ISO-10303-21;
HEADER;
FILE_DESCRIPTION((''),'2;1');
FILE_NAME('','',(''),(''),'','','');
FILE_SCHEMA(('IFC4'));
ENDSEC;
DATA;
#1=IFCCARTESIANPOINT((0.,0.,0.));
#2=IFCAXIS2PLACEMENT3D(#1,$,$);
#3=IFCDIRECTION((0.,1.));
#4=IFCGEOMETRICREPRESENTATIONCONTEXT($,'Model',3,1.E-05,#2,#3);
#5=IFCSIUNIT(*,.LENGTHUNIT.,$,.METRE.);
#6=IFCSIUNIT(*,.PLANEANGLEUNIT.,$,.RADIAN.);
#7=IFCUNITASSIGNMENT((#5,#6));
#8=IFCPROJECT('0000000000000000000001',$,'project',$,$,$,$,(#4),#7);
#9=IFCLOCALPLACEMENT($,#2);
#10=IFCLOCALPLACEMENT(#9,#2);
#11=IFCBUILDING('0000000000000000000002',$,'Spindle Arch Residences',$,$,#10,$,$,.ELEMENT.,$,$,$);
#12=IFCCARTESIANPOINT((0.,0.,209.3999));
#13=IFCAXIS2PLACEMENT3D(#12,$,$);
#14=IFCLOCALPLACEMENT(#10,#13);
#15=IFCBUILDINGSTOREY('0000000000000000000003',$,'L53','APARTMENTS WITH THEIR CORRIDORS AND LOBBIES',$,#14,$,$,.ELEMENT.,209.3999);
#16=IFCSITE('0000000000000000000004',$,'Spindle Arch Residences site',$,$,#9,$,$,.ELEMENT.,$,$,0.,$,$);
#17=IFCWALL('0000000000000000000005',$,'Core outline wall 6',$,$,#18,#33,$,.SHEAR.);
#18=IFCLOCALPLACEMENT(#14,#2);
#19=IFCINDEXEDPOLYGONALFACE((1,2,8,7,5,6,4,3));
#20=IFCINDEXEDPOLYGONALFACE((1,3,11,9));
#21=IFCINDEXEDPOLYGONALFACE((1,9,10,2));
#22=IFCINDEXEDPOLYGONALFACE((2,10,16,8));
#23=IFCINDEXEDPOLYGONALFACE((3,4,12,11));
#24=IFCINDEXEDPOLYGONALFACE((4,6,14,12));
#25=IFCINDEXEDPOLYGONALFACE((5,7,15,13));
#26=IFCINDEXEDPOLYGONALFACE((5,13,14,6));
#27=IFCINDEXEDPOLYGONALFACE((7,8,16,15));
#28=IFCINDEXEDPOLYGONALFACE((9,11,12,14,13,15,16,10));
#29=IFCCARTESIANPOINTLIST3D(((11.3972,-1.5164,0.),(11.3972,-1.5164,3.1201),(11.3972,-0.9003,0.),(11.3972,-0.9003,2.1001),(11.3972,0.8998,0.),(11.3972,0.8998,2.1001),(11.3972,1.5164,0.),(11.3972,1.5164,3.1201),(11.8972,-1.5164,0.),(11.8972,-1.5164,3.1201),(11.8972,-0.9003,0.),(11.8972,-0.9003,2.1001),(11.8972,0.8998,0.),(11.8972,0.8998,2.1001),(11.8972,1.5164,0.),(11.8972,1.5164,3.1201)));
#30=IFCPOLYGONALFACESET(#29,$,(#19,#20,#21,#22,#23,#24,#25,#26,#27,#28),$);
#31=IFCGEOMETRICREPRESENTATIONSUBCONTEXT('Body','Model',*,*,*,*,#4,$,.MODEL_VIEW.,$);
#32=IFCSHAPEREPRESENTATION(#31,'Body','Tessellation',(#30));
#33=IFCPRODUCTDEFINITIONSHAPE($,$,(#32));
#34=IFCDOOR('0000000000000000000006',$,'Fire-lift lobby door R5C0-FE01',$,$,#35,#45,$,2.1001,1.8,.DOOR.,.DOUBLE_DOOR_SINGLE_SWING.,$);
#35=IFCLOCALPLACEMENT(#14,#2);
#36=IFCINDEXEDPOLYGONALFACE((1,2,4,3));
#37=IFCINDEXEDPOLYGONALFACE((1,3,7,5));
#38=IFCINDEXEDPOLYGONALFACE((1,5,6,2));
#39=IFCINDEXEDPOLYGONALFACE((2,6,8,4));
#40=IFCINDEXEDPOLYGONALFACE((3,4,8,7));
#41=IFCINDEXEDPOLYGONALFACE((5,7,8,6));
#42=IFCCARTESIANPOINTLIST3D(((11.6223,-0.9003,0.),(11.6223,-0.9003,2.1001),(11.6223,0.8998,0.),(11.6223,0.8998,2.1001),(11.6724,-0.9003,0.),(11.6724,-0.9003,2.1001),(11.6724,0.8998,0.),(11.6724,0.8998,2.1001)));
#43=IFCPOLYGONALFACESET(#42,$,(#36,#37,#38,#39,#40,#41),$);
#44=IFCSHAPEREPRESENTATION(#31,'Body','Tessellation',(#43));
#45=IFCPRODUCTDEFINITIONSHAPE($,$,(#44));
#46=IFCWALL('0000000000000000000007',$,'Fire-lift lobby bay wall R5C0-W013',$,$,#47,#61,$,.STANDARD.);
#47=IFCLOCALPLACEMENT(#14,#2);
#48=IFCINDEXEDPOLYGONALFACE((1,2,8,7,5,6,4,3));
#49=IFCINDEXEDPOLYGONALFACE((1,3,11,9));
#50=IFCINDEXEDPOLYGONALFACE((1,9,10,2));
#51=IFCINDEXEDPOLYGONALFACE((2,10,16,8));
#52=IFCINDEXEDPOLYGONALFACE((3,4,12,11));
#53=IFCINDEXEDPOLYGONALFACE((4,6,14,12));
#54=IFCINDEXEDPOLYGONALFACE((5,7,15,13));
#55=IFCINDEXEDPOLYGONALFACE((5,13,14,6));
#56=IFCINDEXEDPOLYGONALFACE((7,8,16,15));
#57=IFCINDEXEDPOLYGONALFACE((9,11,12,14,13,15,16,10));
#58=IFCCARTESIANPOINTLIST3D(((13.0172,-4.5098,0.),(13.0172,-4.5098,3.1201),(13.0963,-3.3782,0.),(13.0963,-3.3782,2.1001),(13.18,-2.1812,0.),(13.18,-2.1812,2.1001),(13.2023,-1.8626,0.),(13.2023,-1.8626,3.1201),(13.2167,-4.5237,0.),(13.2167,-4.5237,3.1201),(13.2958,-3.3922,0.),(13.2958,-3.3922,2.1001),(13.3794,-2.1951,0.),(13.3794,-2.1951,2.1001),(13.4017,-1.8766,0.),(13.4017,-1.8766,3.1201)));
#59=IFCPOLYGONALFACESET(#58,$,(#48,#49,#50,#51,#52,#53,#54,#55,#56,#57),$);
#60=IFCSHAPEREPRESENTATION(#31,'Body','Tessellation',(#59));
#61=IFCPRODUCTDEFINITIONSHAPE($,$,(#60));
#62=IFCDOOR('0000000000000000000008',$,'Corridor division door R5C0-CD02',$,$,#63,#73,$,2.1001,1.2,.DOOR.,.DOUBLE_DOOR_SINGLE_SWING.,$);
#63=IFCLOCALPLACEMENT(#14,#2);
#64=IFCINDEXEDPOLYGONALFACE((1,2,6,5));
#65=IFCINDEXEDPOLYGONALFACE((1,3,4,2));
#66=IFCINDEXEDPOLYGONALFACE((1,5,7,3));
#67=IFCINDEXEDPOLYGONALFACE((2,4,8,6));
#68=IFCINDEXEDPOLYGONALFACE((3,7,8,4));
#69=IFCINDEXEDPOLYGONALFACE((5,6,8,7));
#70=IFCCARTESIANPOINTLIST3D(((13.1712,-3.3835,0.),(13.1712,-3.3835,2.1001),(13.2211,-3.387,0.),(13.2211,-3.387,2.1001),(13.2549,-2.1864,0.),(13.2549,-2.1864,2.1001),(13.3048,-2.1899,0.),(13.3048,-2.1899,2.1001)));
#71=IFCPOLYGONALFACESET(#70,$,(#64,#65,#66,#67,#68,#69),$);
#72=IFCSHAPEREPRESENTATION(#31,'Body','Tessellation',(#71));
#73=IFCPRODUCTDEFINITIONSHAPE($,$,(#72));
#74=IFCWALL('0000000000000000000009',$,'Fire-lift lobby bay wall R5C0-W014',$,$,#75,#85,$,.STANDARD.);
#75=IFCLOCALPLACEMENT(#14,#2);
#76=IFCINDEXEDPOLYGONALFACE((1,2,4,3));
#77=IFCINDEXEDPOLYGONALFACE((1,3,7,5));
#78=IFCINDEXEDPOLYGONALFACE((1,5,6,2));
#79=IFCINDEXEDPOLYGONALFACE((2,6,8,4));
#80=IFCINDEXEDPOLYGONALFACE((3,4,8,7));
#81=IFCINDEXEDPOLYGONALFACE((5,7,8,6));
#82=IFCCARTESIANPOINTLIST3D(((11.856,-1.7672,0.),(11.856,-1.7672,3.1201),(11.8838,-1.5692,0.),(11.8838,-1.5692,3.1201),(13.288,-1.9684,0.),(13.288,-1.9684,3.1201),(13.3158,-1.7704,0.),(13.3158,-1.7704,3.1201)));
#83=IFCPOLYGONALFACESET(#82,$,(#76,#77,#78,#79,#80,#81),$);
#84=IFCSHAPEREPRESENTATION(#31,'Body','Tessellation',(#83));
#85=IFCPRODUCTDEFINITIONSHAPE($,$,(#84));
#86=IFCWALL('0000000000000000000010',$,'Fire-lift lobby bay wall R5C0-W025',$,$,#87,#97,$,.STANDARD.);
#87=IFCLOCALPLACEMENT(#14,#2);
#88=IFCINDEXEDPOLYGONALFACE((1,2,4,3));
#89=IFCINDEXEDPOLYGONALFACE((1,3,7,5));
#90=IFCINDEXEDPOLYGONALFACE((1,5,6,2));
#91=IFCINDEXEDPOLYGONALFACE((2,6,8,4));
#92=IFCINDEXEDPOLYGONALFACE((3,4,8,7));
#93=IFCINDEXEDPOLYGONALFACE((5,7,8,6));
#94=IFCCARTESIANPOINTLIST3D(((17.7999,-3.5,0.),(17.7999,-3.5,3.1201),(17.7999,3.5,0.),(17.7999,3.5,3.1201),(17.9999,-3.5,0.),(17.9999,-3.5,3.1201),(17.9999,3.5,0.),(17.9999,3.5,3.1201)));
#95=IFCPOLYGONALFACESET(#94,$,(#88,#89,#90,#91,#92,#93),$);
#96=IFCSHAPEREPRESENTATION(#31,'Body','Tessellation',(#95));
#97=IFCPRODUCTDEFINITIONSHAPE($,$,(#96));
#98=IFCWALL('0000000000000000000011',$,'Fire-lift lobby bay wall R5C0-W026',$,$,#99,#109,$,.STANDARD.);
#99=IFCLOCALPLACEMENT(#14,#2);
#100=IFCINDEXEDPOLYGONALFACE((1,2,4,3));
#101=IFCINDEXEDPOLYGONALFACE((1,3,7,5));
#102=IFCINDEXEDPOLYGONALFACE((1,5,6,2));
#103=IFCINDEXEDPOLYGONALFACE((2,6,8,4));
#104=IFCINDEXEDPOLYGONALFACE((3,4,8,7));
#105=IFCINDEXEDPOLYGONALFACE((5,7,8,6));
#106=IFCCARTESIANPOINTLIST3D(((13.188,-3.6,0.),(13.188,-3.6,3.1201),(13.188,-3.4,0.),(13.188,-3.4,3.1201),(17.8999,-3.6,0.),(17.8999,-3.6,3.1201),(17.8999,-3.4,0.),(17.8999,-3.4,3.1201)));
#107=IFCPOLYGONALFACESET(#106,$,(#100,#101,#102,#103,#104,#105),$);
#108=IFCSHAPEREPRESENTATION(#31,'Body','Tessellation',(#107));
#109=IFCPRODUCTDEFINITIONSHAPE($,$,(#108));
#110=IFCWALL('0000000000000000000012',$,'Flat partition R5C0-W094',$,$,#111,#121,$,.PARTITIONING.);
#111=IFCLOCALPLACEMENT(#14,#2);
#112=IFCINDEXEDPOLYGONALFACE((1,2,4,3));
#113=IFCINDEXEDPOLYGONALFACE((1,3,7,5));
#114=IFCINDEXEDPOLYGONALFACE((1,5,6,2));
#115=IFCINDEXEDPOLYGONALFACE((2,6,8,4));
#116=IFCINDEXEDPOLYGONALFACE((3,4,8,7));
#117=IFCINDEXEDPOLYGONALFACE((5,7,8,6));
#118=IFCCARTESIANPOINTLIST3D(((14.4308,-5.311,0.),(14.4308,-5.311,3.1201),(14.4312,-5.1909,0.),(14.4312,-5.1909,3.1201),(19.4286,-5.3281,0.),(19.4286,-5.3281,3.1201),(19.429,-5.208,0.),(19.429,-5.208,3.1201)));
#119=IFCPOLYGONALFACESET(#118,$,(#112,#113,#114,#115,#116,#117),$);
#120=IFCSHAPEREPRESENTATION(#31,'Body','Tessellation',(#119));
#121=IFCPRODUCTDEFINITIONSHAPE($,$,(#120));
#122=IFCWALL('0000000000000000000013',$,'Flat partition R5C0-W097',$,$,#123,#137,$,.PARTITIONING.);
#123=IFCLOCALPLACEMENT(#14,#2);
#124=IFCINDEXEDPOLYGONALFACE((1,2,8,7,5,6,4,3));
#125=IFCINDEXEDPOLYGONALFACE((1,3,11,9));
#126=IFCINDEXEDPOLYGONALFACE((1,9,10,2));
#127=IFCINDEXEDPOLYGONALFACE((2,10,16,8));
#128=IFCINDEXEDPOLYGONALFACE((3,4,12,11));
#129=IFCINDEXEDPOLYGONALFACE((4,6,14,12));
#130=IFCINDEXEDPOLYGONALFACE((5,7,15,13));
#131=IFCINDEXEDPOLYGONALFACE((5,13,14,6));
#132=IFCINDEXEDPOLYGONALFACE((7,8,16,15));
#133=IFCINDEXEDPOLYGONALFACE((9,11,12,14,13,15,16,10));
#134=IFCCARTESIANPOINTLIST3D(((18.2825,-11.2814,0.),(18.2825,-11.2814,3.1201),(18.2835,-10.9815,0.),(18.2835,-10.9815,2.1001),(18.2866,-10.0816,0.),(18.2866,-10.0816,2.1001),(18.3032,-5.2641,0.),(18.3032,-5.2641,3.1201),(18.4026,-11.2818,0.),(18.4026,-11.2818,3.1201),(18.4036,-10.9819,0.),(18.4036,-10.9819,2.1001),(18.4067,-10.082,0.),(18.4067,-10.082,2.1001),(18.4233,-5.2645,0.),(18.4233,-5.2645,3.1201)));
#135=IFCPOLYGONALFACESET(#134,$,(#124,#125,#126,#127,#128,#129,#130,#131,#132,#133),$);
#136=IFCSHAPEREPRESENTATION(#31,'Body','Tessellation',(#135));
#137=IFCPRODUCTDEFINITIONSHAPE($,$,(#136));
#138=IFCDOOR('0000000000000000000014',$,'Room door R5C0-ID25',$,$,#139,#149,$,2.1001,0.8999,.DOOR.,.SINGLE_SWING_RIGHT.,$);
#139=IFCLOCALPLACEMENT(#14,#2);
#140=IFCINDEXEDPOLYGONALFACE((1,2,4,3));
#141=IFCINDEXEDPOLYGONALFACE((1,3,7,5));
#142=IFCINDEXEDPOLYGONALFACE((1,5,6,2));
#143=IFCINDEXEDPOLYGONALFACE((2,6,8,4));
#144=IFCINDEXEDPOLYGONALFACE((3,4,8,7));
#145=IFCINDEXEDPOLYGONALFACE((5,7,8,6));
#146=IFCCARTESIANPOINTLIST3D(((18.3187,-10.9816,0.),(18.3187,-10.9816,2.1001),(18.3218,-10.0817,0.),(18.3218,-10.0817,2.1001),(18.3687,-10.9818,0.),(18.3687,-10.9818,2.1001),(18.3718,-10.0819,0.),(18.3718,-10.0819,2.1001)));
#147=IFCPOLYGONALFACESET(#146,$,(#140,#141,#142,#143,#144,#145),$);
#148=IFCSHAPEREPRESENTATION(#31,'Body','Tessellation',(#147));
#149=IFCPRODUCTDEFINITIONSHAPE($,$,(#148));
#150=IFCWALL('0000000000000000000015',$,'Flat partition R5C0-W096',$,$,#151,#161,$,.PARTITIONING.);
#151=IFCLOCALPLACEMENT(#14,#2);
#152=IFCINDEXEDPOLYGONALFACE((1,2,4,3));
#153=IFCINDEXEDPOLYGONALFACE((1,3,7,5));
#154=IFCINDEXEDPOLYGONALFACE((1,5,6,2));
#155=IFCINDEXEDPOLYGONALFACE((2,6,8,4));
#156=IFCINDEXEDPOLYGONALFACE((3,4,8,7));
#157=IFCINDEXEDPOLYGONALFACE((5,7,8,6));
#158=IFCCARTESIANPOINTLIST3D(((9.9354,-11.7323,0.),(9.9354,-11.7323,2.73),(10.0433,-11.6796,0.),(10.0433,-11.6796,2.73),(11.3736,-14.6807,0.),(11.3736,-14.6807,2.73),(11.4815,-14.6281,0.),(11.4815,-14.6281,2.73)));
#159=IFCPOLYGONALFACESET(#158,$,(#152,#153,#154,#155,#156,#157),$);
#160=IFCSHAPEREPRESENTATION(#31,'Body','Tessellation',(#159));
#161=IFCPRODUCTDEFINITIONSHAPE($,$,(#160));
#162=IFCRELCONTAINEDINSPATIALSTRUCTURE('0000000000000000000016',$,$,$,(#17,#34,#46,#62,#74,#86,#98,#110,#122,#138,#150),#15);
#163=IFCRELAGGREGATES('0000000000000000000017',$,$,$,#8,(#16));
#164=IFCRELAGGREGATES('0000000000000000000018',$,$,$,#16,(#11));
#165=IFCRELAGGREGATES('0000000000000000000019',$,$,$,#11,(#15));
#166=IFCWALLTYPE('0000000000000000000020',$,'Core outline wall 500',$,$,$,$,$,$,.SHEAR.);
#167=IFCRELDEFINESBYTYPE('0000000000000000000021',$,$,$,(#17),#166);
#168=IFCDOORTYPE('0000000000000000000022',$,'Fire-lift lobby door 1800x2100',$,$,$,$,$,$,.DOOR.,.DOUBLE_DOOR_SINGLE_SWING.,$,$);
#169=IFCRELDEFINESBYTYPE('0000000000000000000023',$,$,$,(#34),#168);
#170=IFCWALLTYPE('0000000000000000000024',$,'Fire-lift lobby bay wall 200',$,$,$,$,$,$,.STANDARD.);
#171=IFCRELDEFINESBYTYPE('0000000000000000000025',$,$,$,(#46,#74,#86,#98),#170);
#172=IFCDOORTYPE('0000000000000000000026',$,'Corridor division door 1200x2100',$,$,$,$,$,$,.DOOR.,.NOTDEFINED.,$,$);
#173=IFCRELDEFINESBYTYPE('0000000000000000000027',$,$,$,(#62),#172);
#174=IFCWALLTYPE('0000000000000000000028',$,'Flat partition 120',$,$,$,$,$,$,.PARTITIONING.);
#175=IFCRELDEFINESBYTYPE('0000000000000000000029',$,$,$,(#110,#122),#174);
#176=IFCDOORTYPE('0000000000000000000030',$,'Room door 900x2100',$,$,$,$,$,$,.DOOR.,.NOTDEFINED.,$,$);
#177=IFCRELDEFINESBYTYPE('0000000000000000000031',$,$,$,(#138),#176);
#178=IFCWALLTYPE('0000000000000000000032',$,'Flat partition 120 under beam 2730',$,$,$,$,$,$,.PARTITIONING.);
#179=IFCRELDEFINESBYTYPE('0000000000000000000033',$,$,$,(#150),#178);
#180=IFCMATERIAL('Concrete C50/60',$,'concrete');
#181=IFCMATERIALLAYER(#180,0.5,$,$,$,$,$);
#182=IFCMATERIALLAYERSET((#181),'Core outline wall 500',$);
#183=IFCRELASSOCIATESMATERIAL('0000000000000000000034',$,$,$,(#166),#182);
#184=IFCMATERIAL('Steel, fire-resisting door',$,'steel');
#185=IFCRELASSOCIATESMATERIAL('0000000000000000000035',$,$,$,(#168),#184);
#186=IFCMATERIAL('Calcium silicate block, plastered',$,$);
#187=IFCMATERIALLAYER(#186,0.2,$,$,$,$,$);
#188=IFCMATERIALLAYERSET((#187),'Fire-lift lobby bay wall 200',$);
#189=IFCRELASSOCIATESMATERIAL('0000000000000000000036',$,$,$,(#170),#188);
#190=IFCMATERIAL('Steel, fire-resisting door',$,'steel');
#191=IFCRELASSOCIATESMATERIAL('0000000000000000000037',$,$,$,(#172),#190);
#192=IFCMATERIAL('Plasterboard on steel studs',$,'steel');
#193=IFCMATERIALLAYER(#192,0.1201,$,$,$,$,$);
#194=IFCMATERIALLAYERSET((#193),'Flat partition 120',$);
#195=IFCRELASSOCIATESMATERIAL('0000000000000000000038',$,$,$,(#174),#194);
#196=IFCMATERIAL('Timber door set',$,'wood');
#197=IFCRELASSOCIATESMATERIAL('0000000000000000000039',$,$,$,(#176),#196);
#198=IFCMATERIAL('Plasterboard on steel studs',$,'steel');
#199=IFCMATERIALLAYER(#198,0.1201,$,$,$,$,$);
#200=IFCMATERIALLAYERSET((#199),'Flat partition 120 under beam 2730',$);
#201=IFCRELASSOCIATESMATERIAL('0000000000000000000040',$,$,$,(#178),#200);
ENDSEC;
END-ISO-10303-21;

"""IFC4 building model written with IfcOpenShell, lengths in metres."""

from ifc_helpers import new_model, si_unit, direction, frame, frame_2d, origin, place, context, subcontext, project, spatial, rectangle, extrude, material, layer, layer_set, type_object, element, fill, save


model = new_model("IFC4")

# Units and contexts
model_context = context("Model", 3, precision=1e-05, world=origin(), true_north=direction((0.0, 1.0)))
body_context = subcontext(model_context, "Body", "Model", "MODEL_VIEW")
ifc_project = project(units=[si_unit("LENGTHUNIT", "METRE"), si_unit("PLANEANGLEUNIT", "RADIAN")], contexts=[model_context])

# Site, building, storey
site_placement = place(None, origin())
site = spatial("IfcSite", under=ifc_project, at=site_placement, Name="Spindle Arch Residences site", CompositionType="ELEMENT", RefElevation=0.0)
building_placement = place(site_placement, origin())
building = spatial("IfcBuilding", under=site, at=building_placement, Name="Spindle Arch Residences", CompositionType="ELEMENT")
storey_placement = place(building_placement, frame((0.0, 0.0, 209.3999)))
storey = spatial("IfcBuildingStorey", under=building, at=storey_placement, Name="L53", Description="APARTMENTS WITH THEIR CORRIDORS AND LOBBIES", CompositionType="ELEMENT", Elevation=209.3999)

# Walls, openings, doors
ifc_material_1 = material(Name="Concrete C50/60", Category="concrete")
ifc_layer_1 = layer(ifc_material_1, 0.5)
ifc_layer_set_1 = layer_set([ifc_layer_1], Name="Core outline wall 500")
wall_type_1 = type_object("IfcWallType", Name="Core outline wall 500", PredefinedType="SHEAR", material=ifc_layer_set_1)
wall_1_placement = place(storey_placement, frame((11.6472, -1.5164, 0.0), z_axis=(0.0, 0.0, 1.0), x_axis=(0.0, 1.0, 0.0)))
wall_1 = element("IfcWall", 1, at=wall_1_placement, inside=storey, type_object=wall_type_1, Name="Core outline wall 6", PredefinedType="SHEAR", context=body_context, shape_type="SweptSolid", body=[
    extrude(rectangle(XDim=3.0327, YDim=0.5, at=frame_2d((1.5164, 0.0))), origin(), (0.0, 0.0, 1.0), 3.1201),
])
opening_1_placement = place(wall_1_placement, frame((0.6162, 0.0, 0.0)))
opening_1 = element("IfcOpeningElement", 2, at=opening_1_placement, cuts=wall_1, PredefinedType="OPENING", context=body_context, shape_type="SweptSolid", body=[
    extrude(rectangle(XDim=1.8, YDim=2.1001, at=frame_2d((0.8999, 1.05))), frame((0.0, 0.26, 0.0), z_axis=(0.0, -1.0, 0.0), x_axis=(1.0, 0.0, 0.0)), (0.0, 0.0, 1.0), 0.52),
])
ifc_material_2 = material(Name="Steel, fire-resisting door", Category="steel")
door_type_1 = type_object("IfcDoorType", Name="Fire-lift lobby door 1800x2100", OperationType="DOUBLE_DOOR_SINGLE_SWING", PredefinedType="DOOR", material=ifc_material_2)
door_1_placement = place(opening_1_placement, origin())
door_1 = element("IfcDoor", 3, at=door_1_placement, inside=storey, type_object=door_type_1, Name="Fire-lift lobby door R5C0-FE01", OperationType="DOUBLE_DOOR_SINGLE_SWING", OverallHeight=2.1001, OverallWidth=1.8, PredefinedType="DOOR", context=body_context, shape_type="SweptSolid", body=[
    extrude(rectangle(XDim=1.8, YDim=2.1001, at=frame_2d((0.8999, 1.05))), frame((0.0, 0.0249, 0.0), z_axis=(0.0, -1.0, 0.0), x_axis=(1.0, 0.0, 0.0)), (0.0, 0.0, 1.0), 0.05),
])
fill(opening_1, door_1)
ifc_material_3 = material(Name="Calcium silicate block, plastered")
ifc_layer_2 = layer(ifc_material_3, 0.2)
ifc_layer_set_2 = layer_set([ifc_layer_2], Name="Fire-lift lobby bay wall 200")
wall_type_2 = type_object("IfcWallType", Name="Fire-lift lobby bay wall 200", PredefinedType="STANDARD", material=ifc_layer_set_2)
wall_2_placement = place(storey_placement, frame((13.1169, -4.5166, 0.0), z_axis=(0.0, 0.0, 1.0), x_axis=(0.069737, 0.997565, 0.0)))
wall_2 = element("IfcWall", 4, at=wall_2_placement, inside=storey, type_object=wall_type_2, Name="Fire-lift lobby bay wall R5C0-W013", PredefinedType="STANDARD", context=body_context, shape_type="SweptSolid", body=[
    extrude(rectangle(XDim=2.6536, YDim=0.2, at=frame_2d((1.3267, 0.0))), origin(), (0.0, 0.0, 1.0), 3.1201),
])
opening_2_placement = place(wall_2_placement, frame((1.134, 0.0, 0.0)))
opening_2 = element("IfcOpeningElement", 5, at=opening_2_placement, cuts=wall_2, PredefinedType="OPENING", context=body_context, shape_type="SweptSolid", body=[
    extrude(rectangle(XDim=1.2, YDim=2.1001, at=frame_2d((0.6001, 1.05))), frame((0.0, 0.1099, 0.0), z_axis=(0.0, -1.0, 0.0), x_axis=(1.0, 0.0, 0.0)), (0.0, 0.0, 1.0), 0.22),
])
ifc_material_4 = material(Name="Steel, fire-resisting door", Category="steel")
door_type_2 = type_object("IfcDoorType", Name="Corridor division door 1200x2100", OperationType="NOTDEFINED", PredefinedType="DOOR", material=ifc_material_4)
door_2_placement = place(opening_2_placement, origin())
door_2 = element("IfcDoor", 6, at=door_2_placement, inside=storey, type_object=door_type_2, Name="Corridor division door R5C0-CD02", OperationType="DOUBLE_DOOR_SINGLE_SWING", OverallHeight=2.1001, OverallWidth=1.2, PredefinedType="DOOR", context=body_context, shape_type="SweptSolid", body=[
    extrude(rectangle(XDim=1.2, YDim=2.1001, at=frame_2d((0.6001, 1.05))), frame((0.0, 0.0249, 0.0), z_axis=(0.0, -1.0, 0.0), x_axis=(1.0, 0.0, 0.0)), (0.0, 0.0, 1.0), 0.05),
])
fill(opening_2, door_2)

# Walls
wall_3_placement = place(storey_placement, frame((13.302, -1.8694, 0.0), z_axis=(0.0, 0.0, 1.0), x_axis=(-0.990274, 0.139128, 0.0)))
element("IfcWall", 7, at=wall_3_placement, inside=storey, type_object=wall_type_2, Name="Fire-lift lobby bay wall R5C0-W014", PredefinedType="STANDARD", context=body_context, shape_type="SweptSolid", body=[
    extrude(rectangle(XDim=1.446, YDim=0.2, at=frame_2d((0.7231, 0.0))), origin(), (0.0, 0.0, 1.0), 3.1201),
])
wall_4_placement = place(storey_placement, frame((17.8999, -3.5, 0.0), z_axis=(0.0, 0.0, 1.0), x_axis=(0.0, 1.0, 0.0)))
element("IfcWall", 8, at=wall_4_placement, inside=storey, type_object=wall_type_2, Name="Fire-lift lobby bay wall R5C0-W025", PredefinedType="STANDARD", context=body_context, shape_type="SweptSolid", body=[
    extrude(rectangle(XDim=7.0, YDim=0.2, at=frame_2d((3.5, 0.0))), origin(), (0.0, 0.0, 1.0), 3.1201),
])
wall_5_placement = place(storey_placement, frame((13.188, -3.5, 0.0), z_axis=(0.0, 0.0, 1.0), x_axis=(1.0, 0.0, 0.0)))
element("IfcWall", 9, at=wall_5_placement, inside=storey, type_object=wall_type_2, Name="Fire-lift lobby bay wall R5C0-W026", PredefinedType="STANDARD", context=body_context, shape_type="SweptSolid", body=[
    extrude(rectangle(XDim=4.7119, YDim=0.2, at=frame_2d((2.356, 0.0))), origin(), (0.0, 0.0, 1.0), 3.1201),
])
ifc_material_5 = material(Name="Plasterboard on steel studs", Category="steel")
ifc_layer_3 = layer(ifc_material_5, 0.1201)
ifc_layer_set_3 = layer_set([ifc_layer_3], Name="Flat partition 120")
wall_type_3 = type_object("IfcWallType", Name="Flat partition 120", PredefinedType="PARTITIONING", material=ifc_layer_set_3)
wall_6_placement = place(storey_placement, frame((14.4309, -5.251, 0.0), z_axis=(0.0, 0.0, 1.0), x_axis=(0.999994, -0.003419, 0.0)))
element("IfcWall", 10, at=wall_6_placement, inside=storey, type_object=wall_type_3, Name="Flat partition R5C0-W094", PredefinedType="PARTITIONING", context=body_context, shape_type="SweptSolid", body=[
    extrude(rectangle(XDim=4.9978, YDim=0.1201, at=frame_2d((2.499, 0.0))), origin(), (0.0, 0.0, 1.0), 3.1201),
])

# Wall, opening, door
wall_7_placement = place(storey_placement, frame((18.3425, -11.2817, 0.0), z_axis=(0.0, 0.0, 1.0), x_axis=(0.003449, 0.999994, 0.0)))
wall_7 = element("IfcWall", 11, at=wall_7_placement, inside=storey, type_object=wall_type_3, Name="Flat partition R5C0-W097", PredefinedType="PARTITIONING", context=body_context, shape_type="SweptSolid", body=[
    extrude(rectangle(XDim=6.0173, YDim=0.1201, at=frame_2d((3.0088, 0.0))), origin(), (0.0, 0.0, 1.0), 3.1201),
])
opening_3_placement = place(wall_7_placement, frame((0.3, 0.0, 0.0)))
opening_3 = element("IfcOpeningElement", 12, at=opening_3_placement, cuts=wall_7, PredefinedType="OPENING", context=body_context, shape_type="SweptSolid", body=[
    extrude(rectangle(XDim=0.8999, YDim=2.1001, at=frame_2d((0.45, 1.05))), frame((0.0, 0.0701, 0.0), z_axis=(0.0, -1.0, 0.0), x_axis=(1.0, 0.0, 0.0)), (0.0, 0.0, 1.0), 0.1401),
])
ifc_material_6 = material(Name="Timber door set", Category="wood")
door_type_3 = type_object("IfcDoorType", Name="Room door 900x2100", OperationType="NOTDEFINED", PredefinedType="DOOR", material=ifc_material_6)
door_3_placement = place(opening_3_placement, origin())
door_3 = element("IfcDoor", 13, at=door_3_placement, inside=storey, type_object=door_type_3, Name="Room door R5C0-ID25", OperationType="SINGLE_SWING_RIGHT", OverallHeight=2.1001, OverallWidth=0.8999, PredefinedType="DOOR", context=body_context, shape_type="SweptSolid", body=[
    extrude(rectangle(XDim=0.8999, YDim=2.1001, at=frame_2d((0.45, 1.05))), frame((0.0, 0.0249, 0.0), z_axis=(0.0, -1.0, 0.0), x_axis=(1.0, 0.0, 0.0)), (0.0, 0.0, 1.0), 0.05),
])
fill(opening_3, door_3)

# Wall
ifc_material_7 = material(Name="Plasterboard on steel studs", Category="steel")
ifc_layer_4 = layer(ifc_material_7, 0.1201)
ifc_layer_set_4 = layer_set([ifc_layer_4], Name="Flat partition 120 under beam 2730")
wall_type_4 = type_object("IfcWallType", Name="Flat partition 120 under beam 2730", PredefinedType="PARTITIONING", material=ifc_layer_set_4)
wall_8_placement = place(storey_placement, frame((11.4275, -14.6543, 0.0), z_axis=(0.0, 0.0, 1.0), x_axis=(-0.43841, 0.898775, 0.0)))
element("IfcWall", 14, at=wall_8_placement, inside=storey, type_object=wall_type_4, Name="Flat partition R5C0-W096", PredefinedType="PARTITIONING", context=body_context, shape_type="SweptSolid", body=[
    extrude(rectangle(XDim=3.2805, YDim=0.1201, at=frame_2d((1.6401, 0.0))), origin(), (0.0, 0.0, 1.0), 2.73),
])

save(model, "model.ifc")
